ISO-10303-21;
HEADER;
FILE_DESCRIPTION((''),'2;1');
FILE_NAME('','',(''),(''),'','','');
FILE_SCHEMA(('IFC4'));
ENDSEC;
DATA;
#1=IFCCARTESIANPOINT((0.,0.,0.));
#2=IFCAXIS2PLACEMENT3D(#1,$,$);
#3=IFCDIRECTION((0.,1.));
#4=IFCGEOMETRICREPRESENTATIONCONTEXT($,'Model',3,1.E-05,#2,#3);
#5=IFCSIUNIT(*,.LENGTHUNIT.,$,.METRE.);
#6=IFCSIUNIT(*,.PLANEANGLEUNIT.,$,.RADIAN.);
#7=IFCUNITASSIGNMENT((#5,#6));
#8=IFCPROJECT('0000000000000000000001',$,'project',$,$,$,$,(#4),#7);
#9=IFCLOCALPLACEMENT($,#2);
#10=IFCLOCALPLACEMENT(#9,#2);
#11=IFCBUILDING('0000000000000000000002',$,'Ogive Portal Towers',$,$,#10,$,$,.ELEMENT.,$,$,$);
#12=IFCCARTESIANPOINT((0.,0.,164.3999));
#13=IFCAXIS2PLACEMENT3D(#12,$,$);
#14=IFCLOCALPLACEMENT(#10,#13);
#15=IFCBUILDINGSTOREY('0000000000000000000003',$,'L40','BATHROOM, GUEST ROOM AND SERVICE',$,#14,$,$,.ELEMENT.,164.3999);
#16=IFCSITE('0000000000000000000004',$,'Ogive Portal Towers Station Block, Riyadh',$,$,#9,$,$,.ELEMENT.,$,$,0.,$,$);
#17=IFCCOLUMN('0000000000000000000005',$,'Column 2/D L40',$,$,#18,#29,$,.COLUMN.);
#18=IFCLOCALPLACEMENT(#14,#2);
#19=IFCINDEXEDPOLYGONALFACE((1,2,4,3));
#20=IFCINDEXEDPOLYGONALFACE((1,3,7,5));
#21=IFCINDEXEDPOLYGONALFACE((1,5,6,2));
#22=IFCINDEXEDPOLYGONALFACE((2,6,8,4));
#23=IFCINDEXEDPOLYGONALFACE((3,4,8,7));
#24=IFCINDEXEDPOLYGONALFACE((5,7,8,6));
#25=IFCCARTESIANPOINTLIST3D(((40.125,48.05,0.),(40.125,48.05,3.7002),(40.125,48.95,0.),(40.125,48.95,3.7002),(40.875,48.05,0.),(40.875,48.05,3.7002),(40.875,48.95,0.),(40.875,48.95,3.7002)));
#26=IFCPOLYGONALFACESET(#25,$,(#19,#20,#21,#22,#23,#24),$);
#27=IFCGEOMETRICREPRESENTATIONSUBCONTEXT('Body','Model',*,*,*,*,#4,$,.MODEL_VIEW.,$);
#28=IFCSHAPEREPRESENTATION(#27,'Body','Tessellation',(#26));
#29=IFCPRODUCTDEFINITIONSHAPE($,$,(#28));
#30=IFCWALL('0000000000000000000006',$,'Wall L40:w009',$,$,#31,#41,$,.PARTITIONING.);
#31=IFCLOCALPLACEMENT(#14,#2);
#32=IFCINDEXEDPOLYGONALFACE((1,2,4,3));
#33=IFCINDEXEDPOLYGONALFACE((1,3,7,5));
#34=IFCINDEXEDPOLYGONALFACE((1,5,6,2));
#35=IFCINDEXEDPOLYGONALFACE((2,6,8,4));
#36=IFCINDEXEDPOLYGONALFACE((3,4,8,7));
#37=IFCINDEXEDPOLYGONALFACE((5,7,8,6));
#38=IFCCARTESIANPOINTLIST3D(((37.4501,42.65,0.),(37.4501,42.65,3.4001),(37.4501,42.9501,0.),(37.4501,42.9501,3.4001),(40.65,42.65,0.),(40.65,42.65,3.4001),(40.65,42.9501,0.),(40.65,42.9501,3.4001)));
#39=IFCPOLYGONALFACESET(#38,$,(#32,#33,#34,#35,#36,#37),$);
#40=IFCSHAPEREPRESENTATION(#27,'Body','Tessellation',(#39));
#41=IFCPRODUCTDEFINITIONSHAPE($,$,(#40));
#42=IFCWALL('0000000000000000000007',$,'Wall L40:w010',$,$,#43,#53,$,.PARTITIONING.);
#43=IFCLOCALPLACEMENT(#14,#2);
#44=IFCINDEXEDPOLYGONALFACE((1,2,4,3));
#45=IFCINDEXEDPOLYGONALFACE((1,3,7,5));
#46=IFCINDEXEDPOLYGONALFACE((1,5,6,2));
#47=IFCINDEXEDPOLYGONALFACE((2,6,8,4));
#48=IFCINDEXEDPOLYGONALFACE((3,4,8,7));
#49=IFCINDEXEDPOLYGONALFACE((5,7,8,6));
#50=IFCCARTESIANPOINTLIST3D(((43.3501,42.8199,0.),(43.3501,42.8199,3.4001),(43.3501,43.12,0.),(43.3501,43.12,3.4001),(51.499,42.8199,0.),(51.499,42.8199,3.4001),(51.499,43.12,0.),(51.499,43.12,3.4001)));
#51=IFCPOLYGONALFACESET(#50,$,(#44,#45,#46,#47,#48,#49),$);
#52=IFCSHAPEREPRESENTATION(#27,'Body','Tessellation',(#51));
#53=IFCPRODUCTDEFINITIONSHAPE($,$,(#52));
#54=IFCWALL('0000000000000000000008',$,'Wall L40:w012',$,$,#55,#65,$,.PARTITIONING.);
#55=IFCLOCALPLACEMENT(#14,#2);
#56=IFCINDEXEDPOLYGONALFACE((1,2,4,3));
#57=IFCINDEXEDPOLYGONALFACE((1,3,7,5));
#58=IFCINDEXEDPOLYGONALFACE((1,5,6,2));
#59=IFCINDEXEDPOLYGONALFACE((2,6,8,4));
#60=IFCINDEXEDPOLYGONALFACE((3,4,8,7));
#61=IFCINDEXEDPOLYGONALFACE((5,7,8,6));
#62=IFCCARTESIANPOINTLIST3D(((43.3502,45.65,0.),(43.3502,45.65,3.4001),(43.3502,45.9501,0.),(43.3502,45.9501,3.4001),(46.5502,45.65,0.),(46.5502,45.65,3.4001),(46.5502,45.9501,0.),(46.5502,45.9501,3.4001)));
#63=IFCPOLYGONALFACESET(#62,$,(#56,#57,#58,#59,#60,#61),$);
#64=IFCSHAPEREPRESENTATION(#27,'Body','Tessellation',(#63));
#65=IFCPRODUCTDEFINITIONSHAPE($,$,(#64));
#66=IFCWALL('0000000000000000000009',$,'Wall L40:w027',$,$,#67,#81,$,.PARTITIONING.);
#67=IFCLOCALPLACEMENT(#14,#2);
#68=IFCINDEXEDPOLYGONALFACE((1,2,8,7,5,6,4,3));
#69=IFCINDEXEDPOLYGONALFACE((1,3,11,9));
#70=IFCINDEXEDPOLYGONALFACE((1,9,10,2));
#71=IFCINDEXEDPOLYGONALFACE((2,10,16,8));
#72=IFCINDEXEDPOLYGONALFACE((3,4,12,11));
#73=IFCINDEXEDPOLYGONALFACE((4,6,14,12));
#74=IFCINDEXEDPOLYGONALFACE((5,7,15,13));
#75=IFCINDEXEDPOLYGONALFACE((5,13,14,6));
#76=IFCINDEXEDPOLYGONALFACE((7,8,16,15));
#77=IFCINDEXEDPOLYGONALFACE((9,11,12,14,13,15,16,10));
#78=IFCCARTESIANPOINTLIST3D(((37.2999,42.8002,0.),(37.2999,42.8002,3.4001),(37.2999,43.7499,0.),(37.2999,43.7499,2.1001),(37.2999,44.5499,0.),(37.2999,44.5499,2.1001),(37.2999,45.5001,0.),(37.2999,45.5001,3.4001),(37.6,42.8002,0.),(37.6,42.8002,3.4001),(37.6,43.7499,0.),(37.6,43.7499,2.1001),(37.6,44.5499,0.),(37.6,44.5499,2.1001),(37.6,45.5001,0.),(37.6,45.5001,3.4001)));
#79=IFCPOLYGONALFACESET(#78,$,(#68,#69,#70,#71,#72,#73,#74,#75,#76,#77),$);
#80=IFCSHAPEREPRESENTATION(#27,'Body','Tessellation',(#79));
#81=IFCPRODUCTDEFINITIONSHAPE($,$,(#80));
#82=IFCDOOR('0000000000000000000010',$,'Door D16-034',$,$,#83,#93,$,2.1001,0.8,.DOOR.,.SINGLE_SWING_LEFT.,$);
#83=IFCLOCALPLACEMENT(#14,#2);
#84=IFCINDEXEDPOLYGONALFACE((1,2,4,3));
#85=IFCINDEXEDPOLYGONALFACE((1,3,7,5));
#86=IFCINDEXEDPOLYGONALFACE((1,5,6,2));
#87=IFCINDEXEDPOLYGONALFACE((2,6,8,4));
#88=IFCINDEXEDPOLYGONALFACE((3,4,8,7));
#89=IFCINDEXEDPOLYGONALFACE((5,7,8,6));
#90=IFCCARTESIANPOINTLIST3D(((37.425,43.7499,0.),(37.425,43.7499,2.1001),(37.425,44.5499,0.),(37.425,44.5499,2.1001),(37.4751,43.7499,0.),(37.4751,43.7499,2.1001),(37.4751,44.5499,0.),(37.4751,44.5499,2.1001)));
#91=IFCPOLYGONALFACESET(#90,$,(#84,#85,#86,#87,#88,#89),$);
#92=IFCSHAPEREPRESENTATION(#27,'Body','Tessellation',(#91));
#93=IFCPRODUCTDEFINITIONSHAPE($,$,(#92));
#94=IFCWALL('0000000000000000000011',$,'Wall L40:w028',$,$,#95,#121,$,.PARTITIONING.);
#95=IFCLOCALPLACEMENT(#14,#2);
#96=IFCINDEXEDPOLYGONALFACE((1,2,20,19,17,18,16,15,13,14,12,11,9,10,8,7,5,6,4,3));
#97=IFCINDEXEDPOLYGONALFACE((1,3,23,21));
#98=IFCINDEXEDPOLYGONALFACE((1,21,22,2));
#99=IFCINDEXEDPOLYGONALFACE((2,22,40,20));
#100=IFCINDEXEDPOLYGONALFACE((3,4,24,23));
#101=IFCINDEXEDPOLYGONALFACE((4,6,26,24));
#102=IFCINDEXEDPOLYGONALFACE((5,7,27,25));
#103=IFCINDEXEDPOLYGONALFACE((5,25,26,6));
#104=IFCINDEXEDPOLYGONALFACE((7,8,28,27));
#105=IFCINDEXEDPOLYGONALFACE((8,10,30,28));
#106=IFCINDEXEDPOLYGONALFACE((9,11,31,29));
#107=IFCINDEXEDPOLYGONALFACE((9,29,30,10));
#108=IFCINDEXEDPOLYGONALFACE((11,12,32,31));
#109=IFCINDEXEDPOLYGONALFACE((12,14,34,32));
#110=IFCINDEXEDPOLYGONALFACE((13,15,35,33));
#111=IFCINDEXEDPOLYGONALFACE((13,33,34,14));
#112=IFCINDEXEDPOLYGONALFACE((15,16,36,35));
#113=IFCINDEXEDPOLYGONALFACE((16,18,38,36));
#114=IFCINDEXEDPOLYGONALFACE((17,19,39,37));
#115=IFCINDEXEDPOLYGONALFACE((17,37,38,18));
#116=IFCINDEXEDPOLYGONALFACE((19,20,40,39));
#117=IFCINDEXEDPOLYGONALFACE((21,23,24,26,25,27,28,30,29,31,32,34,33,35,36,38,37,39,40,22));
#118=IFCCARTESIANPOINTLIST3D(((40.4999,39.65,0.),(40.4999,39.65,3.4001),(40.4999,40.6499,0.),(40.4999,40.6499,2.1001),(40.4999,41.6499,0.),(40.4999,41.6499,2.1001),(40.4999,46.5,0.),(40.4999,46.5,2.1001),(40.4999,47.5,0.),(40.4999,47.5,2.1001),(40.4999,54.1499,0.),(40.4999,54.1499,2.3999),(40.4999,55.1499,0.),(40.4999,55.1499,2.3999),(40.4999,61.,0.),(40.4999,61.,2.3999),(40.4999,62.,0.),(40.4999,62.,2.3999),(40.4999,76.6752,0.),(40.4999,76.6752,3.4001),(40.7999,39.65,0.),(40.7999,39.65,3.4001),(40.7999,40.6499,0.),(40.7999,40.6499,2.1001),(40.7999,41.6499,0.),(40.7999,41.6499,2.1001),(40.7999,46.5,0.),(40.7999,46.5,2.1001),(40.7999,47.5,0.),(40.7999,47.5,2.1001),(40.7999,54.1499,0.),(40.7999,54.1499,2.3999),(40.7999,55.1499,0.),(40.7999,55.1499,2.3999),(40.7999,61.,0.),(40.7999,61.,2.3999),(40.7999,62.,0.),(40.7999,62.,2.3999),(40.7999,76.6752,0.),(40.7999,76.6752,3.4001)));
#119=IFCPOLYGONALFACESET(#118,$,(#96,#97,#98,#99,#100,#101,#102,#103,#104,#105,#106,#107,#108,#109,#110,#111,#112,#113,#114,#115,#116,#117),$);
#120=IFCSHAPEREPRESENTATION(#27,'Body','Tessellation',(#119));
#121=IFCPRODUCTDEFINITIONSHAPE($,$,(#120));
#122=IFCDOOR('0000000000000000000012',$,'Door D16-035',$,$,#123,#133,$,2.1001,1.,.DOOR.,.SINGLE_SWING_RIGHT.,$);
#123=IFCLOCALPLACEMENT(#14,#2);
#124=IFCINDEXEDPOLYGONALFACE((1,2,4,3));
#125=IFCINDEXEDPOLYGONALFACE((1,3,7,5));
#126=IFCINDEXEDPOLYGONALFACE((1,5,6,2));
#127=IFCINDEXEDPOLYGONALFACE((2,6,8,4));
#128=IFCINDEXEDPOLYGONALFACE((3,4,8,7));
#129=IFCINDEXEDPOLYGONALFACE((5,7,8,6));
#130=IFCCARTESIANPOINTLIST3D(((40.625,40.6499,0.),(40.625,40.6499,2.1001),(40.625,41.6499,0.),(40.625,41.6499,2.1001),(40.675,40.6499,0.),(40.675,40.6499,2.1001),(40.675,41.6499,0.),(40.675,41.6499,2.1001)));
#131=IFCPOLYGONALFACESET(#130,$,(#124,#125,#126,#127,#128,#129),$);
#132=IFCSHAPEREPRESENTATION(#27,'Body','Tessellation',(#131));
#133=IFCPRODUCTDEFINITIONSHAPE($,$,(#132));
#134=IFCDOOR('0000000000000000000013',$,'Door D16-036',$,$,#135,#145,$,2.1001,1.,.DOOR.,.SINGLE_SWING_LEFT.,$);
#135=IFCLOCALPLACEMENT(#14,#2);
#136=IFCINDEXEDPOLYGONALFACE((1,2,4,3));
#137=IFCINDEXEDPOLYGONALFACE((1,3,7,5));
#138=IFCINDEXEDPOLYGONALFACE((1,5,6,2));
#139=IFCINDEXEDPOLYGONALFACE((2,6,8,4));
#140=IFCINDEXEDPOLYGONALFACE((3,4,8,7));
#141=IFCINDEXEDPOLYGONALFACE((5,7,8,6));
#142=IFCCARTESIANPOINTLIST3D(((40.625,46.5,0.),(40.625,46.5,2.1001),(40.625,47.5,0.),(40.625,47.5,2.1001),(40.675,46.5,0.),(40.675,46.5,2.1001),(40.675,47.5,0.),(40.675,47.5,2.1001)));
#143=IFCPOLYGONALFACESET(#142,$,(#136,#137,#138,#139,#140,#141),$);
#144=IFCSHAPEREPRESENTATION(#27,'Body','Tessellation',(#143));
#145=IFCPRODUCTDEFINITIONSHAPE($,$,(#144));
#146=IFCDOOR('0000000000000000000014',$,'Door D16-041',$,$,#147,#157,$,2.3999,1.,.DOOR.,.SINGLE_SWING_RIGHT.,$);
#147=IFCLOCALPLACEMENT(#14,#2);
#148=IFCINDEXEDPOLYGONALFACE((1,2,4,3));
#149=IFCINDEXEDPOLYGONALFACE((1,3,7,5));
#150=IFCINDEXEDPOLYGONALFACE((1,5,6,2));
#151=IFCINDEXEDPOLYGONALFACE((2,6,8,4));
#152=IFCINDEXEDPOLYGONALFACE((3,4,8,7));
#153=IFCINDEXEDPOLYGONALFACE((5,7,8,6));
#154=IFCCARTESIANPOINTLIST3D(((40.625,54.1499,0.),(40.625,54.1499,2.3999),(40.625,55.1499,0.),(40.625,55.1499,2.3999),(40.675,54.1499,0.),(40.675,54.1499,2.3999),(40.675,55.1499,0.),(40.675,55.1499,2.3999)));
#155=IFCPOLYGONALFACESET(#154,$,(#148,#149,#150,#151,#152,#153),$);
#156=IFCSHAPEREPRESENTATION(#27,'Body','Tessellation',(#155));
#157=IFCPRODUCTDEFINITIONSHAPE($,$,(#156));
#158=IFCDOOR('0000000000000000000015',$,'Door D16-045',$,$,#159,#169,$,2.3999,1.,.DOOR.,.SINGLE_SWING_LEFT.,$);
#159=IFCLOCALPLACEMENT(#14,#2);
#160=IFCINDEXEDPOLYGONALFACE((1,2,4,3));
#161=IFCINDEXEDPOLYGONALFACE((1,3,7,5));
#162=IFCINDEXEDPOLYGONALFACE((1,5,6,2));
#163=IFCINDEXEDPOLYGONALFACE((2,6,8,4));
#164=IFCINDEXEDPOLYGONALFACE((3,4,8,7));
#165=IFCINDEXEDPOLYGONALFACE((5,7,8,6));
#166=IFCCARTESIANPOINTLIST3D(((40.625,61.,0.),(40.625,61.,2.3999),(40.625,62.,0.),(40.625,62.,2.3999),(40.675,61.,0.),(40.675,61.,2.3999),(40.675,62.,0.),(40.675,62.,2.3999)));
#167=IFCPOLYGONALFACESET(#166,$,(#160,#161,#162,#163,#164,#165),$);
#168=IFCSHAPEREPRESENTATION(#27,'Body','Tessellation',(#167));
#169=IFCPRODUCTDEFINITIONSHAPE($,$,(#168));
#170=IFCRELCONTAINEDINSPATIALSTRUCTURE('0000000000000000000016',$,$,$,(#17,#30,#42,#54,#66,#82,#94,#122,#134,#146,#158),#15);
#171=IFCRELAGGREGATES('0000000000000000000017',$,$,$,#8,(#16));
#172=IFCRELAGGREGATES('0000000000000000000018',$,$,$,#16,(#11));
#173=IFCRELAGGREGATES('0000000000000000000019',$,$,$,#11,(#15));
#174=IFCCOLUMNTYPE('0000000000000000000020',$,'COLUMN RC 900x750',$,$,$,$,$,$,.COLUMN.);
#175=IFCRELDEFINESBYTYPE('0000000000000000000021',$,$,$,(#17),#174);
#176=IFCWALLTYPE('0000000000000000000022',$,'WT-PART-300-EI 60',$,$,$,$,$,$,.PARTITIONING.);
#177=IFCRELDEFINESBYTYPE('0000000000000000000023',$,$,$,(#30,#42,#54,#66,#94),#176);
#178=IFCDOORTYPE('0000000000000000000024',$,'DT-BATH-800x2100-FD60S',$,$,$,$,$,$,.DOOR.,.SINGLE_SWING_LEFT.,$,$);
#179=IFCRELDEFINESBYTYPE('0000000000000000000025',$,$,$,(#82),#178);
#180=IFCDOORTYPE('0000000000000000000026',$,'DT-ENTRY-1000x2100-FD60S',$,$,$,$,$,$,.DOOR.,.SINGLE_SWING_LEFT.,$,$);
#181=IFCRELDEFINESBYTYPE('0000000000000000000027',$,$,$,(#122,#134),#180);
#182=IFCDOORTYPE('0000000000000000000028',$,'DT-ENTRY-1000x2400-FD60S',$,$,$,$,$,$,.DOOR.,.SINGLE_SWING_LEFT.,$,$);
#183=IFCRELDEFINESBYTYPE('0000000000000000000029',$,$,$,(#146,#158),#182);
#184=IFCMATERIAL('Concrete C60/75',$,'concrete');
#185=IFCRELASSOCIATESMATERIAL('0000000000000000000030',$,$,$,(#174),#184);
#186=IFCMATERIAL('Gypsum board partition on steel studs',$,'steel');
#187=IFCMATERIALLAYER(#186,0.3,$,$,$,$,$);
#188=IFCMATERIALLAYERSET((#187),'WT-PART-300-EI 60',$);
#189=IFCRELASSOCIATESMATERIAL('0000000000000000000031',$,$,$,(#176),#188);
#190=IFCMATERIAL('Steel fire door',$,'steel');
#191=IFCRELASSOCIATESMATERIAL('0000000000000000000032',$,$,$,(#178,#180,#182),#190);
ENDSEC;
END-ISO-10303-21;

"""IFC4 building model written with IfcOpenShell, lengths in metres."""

from ifc_helpers import new_model, si_unit, direction, frame, frame_2d, origin, origin_2d, place, context, subcontext, project, spatial, rectangle, extrude, material, layer, layer_set, material_profile, profile_set, type_object, element, fill, save


model = new_model("IFC4")

# Units and contexts
model_context = context("Model", 3, precision=1e-05, world=origin(), true_north=direction((0.0, 1.0)))
body_context = subcontext(model_context, "Body", "Model", "MODEL_VIEW")
ifc_project = project(units=[si_unit("LENGTHUNIT", "METRE"), si_unit("PLANEANGLEUNIT", "RADIAN")], contexts=[model_context])

# Site, building, storey
site_placement = place(None, origin())
site = spatial("IfcSite", under=ifc_project, at=site_placement, Name="Ogive Portal Towers Station Block, Riyadh", CompositionType="ELEMENT", RefElevation=0.0)
building_placement = place(site_placement, origin())
building = spatial("IfcBuilding", under=site, at=building_placement, Name="Ogive Portal Towers", CompositionType="ELEMENT")
storey_placement = place(building_placement, frame((0.0, 0.0, 164.3999)))
storey = spatial("IfcBuildingStorey", under=building, at=storey_placement, Name="L40", Description="BATHROOM, GUEST ROOM AND SERVICE", CompositionType="ELEMENT", Elevation=164.3999)

# Column
ifc_material_1 = material(Name="Concrete C60/75", Category="concrete")
ifc_material_profile = material_profile(ifc_material_1, rectangle(XDim=0.8999, YDim=0.75, at=origin_2d()), Name="RC 900x750")
ifc_profile_set = profile_set([ifc_material_profile], Name="Concrete C60/75")
column_type = type_object("IfcColumnType", Name="COLUMN RC 900x750", PredefinedType="COLUMN", material=ifc_profile_set)
column_placement = place(storey_placement, frame((40.5, 48.5, 0.0), z_axis=(0.0, 0.0, 1.0), x_axis=(0.0, 1.0, 0.0)))
element("IfcColumn", 1, at=column_placement, inside=storey, type_object=column_type, Name="Column 2/D L40", PredefinedType="COLUMN", context=body_context, shape_type="SweptSolid", body=[
    extrude(rectangle(XDim=0.8999, YDim=0.75, at=origin_2d()), origin(), (0.0, 0.0, 1.0), 3.7002),
])

# Shared definitions
ifc_material_2 = material(Name="Steel fire door", Category="steel")

# Walls
ifc_material_3 = material(Name="Gypsum board partition on steel studs", Category="steel")
ifc_layer_1 = layer(ifc_material_3, 0.3)
ifc_layer_set_1 = layer_set([ifc_layer_1], Name="WT-PART-300-EI 60")
wall_type_1 = type_object("IfcWallType", Name="WT-PART-300-EI 60", PredefinedType="PARTITIONING", material=ifc_layer_set_1)
wall_1_placement = place(storey_placement, frame((37.45, 42.8, 0.0), z_axis=(0.0, 0.0, 1.0), x_axis=(1.0, 0.0, 0.0)))
element("IfcWall", 2, at=wall_1_placement, inside=storey, type_object=wall_type_1, Name="Wall L40:w009", PredefinedType="PARTITIONING", context=body_context, shape_type="SweptSolid", body=[
    extrude(rectangle(XDim=3.2, YDim=0.3, at=frame_2d((1.6001, 0.0))), origin(), (0.0, 0.0, 1.0), 3.4001),
])
wall_2_placement = place(storey_placement, frame((43.3501, 42.97, 0.0), z_axis=(0.0, 0.0, 1.0), x_axis=(1.0, 0.0, 0.0)))
element("IfcWall", 3, at=wall_2_placement, inside=storey, type_object=wall_type_1, Name="Wall L40:w010", PredefinedType="PARTITIONING", context=body_context, shape_type="SweptSolid", body=[
    extrude(rectangle(XDim=8.1489, YDim=0.3, at=frame_2d((4.0745, 0.0))), origin(), (0.0, 0.0, 1.0), 3.4001),
])
wall_3_placement = place(storey_placement, frame((43.3501, 45.8, 0.0), z_axis=(0.0, 0.0, 1.0), x_axis=(1.0, 0.0, 0.0)))
element("IfcWall", 4, at=wall_3_placement, inside=storey, type_object=wall_type_1, Name="Wall L40:w012", PredefinedType="PARTITIONING", context=body_context, shape_type="SweptSolid", body=[
    extrude(rectangle(XDim=3.2, YDim=0.3, at=frame_2d((1.6001, 0.0))), origin(), (0.0, 0.0, 1.0), 3.4001),
])

# Wall, opening, door
wall_4_placement = place(storey_placement, frame((37.45, 42.8, 0.0), z_axis=(0.0, 0.0, 1.0), x_axis=(0.0, 1.0, 0.0)))
wall_4 = element("IfcWall", 5, at=wall_4_placement, inside=storey, type_object=wall_type_1, Name="Wall L40:w027", PredefinedType="PARTITIONING", context=body_context, shape_type="SweptSolid", body=[
    extrude(rectangle(XDim=2.7, YDim=0.3, at=frame_2d((1.3501, 0.0))), origin(), (0.0, 0.0, 1.0), 3.4001),
])
opening_1_placement = place(wall_4_placement, frame((0.95, 0.0, 0.0)))
opening_1 = element("IfcOpeningElement", 6, at=opening_1_placement, cuts=wall_4, PredefinedType="OPENING", context=body_context, shape_type="SweptSolid", body=[
    extrude(rectangle(XDim=0.8, YDim=2.1001, at=frame_2d((0.3999, 1.05))), frame((0.0, 0.1602, 0.0), z_axis=(0.0, -1.0, 0.0), x_axis=(1.0, 0.0, 0.0)), (0.0, 0.0, 1.0), 0.3201),
])
door_type_1 = type_object("IfcDoorType", Name="DT-BATH-800x2100-FD60S", OperationType="SINGLE_SWING_LEFT", PredefinedType="DOOR", material=ifc_material_2)
door_1_placement = place(opening_1_placement, origin())
door_1 = element("IfcDoor", 7, at=door_1_placement, inside=storey, type_object=door_type_1, Name="Door D16-034", OperationType="SINGLE_SWING_LEFT", OverallHeight=2.1001, OverallWidth=0.8, PredefinedType="DOOR", context=body_context, shape_type="SweptSolid", body=[
    extrude(rectangle(XDim=0.8, YDim=2.1001, at=frame_2d((0.3999, 1.05))), frame((0.0, 0.0249, 0.0), z_axis=(0.0, -1.0, 0.0), x_axis=(1.0, 0.0, 0.0)), (0.0, 0.0, 1.0), 0.05),
])
fill(opening_1, door_1)

# Wall, openings, doors
wall_5_placement = place(storey_placement, frame((40.6499, 39.6499, 0.0), z_axis=(0.0, 0.0, 1.0), x_axis=(0.0, 1.0, 0.0)))
wall_5 = element("IfcWall", 8, at=wall_5_placement, inside=storey, type_object=wall_type_1, Name="Wall L40:w028", PredefinedType="PARTITIONING", context=body_context, shape_type="SweptSolid", body=[
    extrude(rectangle(XDim=37.0251, YDim=0.3, at=frame_2d((18.5127, 0.0))), origin(), (0.0, 0.0, 1.0), 3.4001),
])
opening_2_placement = place(wall_5_placement, frame((1.0, 0.0, 0.0)))
opening_2 = element("IfcOpeningElement", 9, at=opening_2_placement, cuts=wall_5, PredefinedType="OPENING", context=body_context, shape_type="SweptSolid", body=[
    extrude(rectangle(XDim=1.0, YDim=2.1001, at=frame_2d((0.5, 1.05))), frame((0.0, 0.1602, 0.0), z_axis=(0.0, -1.0, 0.0), x_axis=(1.0, 0.0, 0.0)), (0.0, 0.0, 1.0), 0.3201),
])
opening_3_placement = place(wall_5_placement, frame((6.8501, 0.0, 0.0)))
opening_3 = element("IfcOpeningElement", 10, at=opening_3_placement, cuts=wall_5, PredefinedType="OPENING", context=body_context, shape_type="SweptSolid", body=[
    extrude(rectangle(XDim=1.0, YDim=2.1001, at=frame_2d((0.5, 1.05))), frame((0.0, 0.1602, 0.0), z_axis=(0.0, -1.0, 0.0), x_axis=(1.0, 0.0, 0.0)), (0.0, 0.0, 1.0), 0.3201),
])
opening_4_placement = place(wall_5_placement, frame((14.5, 0.0, 0.0)))
opening_4 = element("IfcOpeningElement", 11, at=opening_4_placement, cuts=wall_5, PredefinedType="OPENING", context=body_context, shape_type="SweptSolid", body=[
    extrude(rectangle(XDim=1.0, YDim=2.3999, at=frame_2d((0.5, 1.2))), frame((0.0, 0.1602, 0.0), z_axis=(0.0, -1.0, 0.0), x_axis=(1.0, 0.0, 0.0)), (0.0, 0.0, 1.0), 0.3201),
])
opening_5_placement = place(wall_5_placement, frame((21.3501, 0.0, 0.0)))
opening_5 = element("IfcOpeningElement", 12, at=opening_5_placement, cuts=wall_5, PredefinedType="OPENING", context=body_context, shape_type="SweptSolid", body=[
    extrude(rectangle(XDim=1.0, YDim=2.3999, at=frame_2d((0.5, 1.2))), frame((0.0, 0.1602, 0.0), z_axis=(0.0, -1.0, 0.0), x_axis=(1.0, 0.0, 0.0)), (0.0, 0.0, 1.0), 0.3201),
])
door_type_2 = type_object("IfcDoorType", Name="DT-ENTRY-1000x2100-FD60S", OperationType="SINGLE_SWING_LEFT", PredefinedType="DOOR", material=ifc_material_2)
door_2_placement = place(opening_2_placement, origin())
door_2 = element("IfcDoor", 13, at=door_2_placement, inside=storey, type_object=door_type_2, Name="Door D16-035", OperationType="SINGLE_SWING_RIGHT", OverallHeight=2.1001, OverallWidth=1.0, PredefinedType="DOOR", context=body_context, shape_type="SweptSolid", body=[
    extrude(rectangle(XDim=1.0, YDim=2.1001, at=frame_2d((0.5, 1.05))), frame((0.0, 0.0249, 0.0), z_axis=(0.0, -1.0, 0.0), x_axis=(1.0, 0.0, 0.0)), (0.0, 0.0, 1.0), 0.05),
])
fill(opening_2, door_2)
door_3_placement = place(opening_3_placement, origin())
door_3 = element("IfcDoor", 14, at=door_3_placement, inside=storey, type_object=door_type_2, Name="Door D16-036", OperationType="SINGLE_SWING_LEFT", OverallHeight=2.1001, OverallWidth=1.0, PredefinedType="DOOR", context=body_context, shape_type="SweptSolid", body=[
    extrude(rectangle(XDim=1.0, YDim=2.1001, at=frame_2d((0.5, 1.05))), frame((0.0, 0.0249, 0.0), z_axis=(0.0, -1.0, 0.0), x_axis=(1.0, 0.0, 0.0)), (0.0, 0.0, 1.0), 0.05),
])
fill(opening_3, door_3)
door_type_3 = type_object("IfcDoorType", Name="DT-ENTRY-1000x2400-FD60S", OperationType="SINGLE_SWING_LEFT", PredefinedType="DOOR", material=ifc_material_2)
door_4_placement = place(opening_4_placement, origin())
door_4 = element("IfcDoor", 15, at=door_4_placement, inside=storey, type_object=door_type_3, Name="Door D16-041", OperationType="SINGLE_SWING_RIGHT", OverallHeight=2.3999, OverallWidth=1.0, PredefinedType="DOOR", context=body_context, shape_type="SweptSolid", body=[
    extrude(rectangle(XDim=1.0, YDim=2.3999, at=frame_2d((0.5, 1.2))), frame((0.0, 0.0249, 0.0), z_axis=(0.0, -1.0, 0.0), x_axis=(1.0, 0.0, 0.0)), (0.0, 0.0, 1.0), 0.05),
])
fill(opening_4, door_4)
door_5_placement = place(opening_5_placement, origin())
door_5 = element("IfcDoor", 16, at=door_5_placement, inside=storey, type_object=door_type_3, Name="Door D16-045", OperationType="SINGLE_SWING_LEFT", OverallHeight=2.3999, OverallWidth=1.0, PredefinedType="DOOR", context=body_context, shape_type="SweptSolid", body=[
    extrude(rectangle(XDim=1.0, YDim=2.3999, at=frame_2d((0.5, 1.2))), frame((0.0, 0.0249, 0.0), z_axis=(0.0, -1.0, 0.0), x_axis=(1.0, 0.0, 0.0)), (0.0, 0.0, 1.0), 0.05),
])
fill(opening_5, door_5)

save(model, "model.ifc")
